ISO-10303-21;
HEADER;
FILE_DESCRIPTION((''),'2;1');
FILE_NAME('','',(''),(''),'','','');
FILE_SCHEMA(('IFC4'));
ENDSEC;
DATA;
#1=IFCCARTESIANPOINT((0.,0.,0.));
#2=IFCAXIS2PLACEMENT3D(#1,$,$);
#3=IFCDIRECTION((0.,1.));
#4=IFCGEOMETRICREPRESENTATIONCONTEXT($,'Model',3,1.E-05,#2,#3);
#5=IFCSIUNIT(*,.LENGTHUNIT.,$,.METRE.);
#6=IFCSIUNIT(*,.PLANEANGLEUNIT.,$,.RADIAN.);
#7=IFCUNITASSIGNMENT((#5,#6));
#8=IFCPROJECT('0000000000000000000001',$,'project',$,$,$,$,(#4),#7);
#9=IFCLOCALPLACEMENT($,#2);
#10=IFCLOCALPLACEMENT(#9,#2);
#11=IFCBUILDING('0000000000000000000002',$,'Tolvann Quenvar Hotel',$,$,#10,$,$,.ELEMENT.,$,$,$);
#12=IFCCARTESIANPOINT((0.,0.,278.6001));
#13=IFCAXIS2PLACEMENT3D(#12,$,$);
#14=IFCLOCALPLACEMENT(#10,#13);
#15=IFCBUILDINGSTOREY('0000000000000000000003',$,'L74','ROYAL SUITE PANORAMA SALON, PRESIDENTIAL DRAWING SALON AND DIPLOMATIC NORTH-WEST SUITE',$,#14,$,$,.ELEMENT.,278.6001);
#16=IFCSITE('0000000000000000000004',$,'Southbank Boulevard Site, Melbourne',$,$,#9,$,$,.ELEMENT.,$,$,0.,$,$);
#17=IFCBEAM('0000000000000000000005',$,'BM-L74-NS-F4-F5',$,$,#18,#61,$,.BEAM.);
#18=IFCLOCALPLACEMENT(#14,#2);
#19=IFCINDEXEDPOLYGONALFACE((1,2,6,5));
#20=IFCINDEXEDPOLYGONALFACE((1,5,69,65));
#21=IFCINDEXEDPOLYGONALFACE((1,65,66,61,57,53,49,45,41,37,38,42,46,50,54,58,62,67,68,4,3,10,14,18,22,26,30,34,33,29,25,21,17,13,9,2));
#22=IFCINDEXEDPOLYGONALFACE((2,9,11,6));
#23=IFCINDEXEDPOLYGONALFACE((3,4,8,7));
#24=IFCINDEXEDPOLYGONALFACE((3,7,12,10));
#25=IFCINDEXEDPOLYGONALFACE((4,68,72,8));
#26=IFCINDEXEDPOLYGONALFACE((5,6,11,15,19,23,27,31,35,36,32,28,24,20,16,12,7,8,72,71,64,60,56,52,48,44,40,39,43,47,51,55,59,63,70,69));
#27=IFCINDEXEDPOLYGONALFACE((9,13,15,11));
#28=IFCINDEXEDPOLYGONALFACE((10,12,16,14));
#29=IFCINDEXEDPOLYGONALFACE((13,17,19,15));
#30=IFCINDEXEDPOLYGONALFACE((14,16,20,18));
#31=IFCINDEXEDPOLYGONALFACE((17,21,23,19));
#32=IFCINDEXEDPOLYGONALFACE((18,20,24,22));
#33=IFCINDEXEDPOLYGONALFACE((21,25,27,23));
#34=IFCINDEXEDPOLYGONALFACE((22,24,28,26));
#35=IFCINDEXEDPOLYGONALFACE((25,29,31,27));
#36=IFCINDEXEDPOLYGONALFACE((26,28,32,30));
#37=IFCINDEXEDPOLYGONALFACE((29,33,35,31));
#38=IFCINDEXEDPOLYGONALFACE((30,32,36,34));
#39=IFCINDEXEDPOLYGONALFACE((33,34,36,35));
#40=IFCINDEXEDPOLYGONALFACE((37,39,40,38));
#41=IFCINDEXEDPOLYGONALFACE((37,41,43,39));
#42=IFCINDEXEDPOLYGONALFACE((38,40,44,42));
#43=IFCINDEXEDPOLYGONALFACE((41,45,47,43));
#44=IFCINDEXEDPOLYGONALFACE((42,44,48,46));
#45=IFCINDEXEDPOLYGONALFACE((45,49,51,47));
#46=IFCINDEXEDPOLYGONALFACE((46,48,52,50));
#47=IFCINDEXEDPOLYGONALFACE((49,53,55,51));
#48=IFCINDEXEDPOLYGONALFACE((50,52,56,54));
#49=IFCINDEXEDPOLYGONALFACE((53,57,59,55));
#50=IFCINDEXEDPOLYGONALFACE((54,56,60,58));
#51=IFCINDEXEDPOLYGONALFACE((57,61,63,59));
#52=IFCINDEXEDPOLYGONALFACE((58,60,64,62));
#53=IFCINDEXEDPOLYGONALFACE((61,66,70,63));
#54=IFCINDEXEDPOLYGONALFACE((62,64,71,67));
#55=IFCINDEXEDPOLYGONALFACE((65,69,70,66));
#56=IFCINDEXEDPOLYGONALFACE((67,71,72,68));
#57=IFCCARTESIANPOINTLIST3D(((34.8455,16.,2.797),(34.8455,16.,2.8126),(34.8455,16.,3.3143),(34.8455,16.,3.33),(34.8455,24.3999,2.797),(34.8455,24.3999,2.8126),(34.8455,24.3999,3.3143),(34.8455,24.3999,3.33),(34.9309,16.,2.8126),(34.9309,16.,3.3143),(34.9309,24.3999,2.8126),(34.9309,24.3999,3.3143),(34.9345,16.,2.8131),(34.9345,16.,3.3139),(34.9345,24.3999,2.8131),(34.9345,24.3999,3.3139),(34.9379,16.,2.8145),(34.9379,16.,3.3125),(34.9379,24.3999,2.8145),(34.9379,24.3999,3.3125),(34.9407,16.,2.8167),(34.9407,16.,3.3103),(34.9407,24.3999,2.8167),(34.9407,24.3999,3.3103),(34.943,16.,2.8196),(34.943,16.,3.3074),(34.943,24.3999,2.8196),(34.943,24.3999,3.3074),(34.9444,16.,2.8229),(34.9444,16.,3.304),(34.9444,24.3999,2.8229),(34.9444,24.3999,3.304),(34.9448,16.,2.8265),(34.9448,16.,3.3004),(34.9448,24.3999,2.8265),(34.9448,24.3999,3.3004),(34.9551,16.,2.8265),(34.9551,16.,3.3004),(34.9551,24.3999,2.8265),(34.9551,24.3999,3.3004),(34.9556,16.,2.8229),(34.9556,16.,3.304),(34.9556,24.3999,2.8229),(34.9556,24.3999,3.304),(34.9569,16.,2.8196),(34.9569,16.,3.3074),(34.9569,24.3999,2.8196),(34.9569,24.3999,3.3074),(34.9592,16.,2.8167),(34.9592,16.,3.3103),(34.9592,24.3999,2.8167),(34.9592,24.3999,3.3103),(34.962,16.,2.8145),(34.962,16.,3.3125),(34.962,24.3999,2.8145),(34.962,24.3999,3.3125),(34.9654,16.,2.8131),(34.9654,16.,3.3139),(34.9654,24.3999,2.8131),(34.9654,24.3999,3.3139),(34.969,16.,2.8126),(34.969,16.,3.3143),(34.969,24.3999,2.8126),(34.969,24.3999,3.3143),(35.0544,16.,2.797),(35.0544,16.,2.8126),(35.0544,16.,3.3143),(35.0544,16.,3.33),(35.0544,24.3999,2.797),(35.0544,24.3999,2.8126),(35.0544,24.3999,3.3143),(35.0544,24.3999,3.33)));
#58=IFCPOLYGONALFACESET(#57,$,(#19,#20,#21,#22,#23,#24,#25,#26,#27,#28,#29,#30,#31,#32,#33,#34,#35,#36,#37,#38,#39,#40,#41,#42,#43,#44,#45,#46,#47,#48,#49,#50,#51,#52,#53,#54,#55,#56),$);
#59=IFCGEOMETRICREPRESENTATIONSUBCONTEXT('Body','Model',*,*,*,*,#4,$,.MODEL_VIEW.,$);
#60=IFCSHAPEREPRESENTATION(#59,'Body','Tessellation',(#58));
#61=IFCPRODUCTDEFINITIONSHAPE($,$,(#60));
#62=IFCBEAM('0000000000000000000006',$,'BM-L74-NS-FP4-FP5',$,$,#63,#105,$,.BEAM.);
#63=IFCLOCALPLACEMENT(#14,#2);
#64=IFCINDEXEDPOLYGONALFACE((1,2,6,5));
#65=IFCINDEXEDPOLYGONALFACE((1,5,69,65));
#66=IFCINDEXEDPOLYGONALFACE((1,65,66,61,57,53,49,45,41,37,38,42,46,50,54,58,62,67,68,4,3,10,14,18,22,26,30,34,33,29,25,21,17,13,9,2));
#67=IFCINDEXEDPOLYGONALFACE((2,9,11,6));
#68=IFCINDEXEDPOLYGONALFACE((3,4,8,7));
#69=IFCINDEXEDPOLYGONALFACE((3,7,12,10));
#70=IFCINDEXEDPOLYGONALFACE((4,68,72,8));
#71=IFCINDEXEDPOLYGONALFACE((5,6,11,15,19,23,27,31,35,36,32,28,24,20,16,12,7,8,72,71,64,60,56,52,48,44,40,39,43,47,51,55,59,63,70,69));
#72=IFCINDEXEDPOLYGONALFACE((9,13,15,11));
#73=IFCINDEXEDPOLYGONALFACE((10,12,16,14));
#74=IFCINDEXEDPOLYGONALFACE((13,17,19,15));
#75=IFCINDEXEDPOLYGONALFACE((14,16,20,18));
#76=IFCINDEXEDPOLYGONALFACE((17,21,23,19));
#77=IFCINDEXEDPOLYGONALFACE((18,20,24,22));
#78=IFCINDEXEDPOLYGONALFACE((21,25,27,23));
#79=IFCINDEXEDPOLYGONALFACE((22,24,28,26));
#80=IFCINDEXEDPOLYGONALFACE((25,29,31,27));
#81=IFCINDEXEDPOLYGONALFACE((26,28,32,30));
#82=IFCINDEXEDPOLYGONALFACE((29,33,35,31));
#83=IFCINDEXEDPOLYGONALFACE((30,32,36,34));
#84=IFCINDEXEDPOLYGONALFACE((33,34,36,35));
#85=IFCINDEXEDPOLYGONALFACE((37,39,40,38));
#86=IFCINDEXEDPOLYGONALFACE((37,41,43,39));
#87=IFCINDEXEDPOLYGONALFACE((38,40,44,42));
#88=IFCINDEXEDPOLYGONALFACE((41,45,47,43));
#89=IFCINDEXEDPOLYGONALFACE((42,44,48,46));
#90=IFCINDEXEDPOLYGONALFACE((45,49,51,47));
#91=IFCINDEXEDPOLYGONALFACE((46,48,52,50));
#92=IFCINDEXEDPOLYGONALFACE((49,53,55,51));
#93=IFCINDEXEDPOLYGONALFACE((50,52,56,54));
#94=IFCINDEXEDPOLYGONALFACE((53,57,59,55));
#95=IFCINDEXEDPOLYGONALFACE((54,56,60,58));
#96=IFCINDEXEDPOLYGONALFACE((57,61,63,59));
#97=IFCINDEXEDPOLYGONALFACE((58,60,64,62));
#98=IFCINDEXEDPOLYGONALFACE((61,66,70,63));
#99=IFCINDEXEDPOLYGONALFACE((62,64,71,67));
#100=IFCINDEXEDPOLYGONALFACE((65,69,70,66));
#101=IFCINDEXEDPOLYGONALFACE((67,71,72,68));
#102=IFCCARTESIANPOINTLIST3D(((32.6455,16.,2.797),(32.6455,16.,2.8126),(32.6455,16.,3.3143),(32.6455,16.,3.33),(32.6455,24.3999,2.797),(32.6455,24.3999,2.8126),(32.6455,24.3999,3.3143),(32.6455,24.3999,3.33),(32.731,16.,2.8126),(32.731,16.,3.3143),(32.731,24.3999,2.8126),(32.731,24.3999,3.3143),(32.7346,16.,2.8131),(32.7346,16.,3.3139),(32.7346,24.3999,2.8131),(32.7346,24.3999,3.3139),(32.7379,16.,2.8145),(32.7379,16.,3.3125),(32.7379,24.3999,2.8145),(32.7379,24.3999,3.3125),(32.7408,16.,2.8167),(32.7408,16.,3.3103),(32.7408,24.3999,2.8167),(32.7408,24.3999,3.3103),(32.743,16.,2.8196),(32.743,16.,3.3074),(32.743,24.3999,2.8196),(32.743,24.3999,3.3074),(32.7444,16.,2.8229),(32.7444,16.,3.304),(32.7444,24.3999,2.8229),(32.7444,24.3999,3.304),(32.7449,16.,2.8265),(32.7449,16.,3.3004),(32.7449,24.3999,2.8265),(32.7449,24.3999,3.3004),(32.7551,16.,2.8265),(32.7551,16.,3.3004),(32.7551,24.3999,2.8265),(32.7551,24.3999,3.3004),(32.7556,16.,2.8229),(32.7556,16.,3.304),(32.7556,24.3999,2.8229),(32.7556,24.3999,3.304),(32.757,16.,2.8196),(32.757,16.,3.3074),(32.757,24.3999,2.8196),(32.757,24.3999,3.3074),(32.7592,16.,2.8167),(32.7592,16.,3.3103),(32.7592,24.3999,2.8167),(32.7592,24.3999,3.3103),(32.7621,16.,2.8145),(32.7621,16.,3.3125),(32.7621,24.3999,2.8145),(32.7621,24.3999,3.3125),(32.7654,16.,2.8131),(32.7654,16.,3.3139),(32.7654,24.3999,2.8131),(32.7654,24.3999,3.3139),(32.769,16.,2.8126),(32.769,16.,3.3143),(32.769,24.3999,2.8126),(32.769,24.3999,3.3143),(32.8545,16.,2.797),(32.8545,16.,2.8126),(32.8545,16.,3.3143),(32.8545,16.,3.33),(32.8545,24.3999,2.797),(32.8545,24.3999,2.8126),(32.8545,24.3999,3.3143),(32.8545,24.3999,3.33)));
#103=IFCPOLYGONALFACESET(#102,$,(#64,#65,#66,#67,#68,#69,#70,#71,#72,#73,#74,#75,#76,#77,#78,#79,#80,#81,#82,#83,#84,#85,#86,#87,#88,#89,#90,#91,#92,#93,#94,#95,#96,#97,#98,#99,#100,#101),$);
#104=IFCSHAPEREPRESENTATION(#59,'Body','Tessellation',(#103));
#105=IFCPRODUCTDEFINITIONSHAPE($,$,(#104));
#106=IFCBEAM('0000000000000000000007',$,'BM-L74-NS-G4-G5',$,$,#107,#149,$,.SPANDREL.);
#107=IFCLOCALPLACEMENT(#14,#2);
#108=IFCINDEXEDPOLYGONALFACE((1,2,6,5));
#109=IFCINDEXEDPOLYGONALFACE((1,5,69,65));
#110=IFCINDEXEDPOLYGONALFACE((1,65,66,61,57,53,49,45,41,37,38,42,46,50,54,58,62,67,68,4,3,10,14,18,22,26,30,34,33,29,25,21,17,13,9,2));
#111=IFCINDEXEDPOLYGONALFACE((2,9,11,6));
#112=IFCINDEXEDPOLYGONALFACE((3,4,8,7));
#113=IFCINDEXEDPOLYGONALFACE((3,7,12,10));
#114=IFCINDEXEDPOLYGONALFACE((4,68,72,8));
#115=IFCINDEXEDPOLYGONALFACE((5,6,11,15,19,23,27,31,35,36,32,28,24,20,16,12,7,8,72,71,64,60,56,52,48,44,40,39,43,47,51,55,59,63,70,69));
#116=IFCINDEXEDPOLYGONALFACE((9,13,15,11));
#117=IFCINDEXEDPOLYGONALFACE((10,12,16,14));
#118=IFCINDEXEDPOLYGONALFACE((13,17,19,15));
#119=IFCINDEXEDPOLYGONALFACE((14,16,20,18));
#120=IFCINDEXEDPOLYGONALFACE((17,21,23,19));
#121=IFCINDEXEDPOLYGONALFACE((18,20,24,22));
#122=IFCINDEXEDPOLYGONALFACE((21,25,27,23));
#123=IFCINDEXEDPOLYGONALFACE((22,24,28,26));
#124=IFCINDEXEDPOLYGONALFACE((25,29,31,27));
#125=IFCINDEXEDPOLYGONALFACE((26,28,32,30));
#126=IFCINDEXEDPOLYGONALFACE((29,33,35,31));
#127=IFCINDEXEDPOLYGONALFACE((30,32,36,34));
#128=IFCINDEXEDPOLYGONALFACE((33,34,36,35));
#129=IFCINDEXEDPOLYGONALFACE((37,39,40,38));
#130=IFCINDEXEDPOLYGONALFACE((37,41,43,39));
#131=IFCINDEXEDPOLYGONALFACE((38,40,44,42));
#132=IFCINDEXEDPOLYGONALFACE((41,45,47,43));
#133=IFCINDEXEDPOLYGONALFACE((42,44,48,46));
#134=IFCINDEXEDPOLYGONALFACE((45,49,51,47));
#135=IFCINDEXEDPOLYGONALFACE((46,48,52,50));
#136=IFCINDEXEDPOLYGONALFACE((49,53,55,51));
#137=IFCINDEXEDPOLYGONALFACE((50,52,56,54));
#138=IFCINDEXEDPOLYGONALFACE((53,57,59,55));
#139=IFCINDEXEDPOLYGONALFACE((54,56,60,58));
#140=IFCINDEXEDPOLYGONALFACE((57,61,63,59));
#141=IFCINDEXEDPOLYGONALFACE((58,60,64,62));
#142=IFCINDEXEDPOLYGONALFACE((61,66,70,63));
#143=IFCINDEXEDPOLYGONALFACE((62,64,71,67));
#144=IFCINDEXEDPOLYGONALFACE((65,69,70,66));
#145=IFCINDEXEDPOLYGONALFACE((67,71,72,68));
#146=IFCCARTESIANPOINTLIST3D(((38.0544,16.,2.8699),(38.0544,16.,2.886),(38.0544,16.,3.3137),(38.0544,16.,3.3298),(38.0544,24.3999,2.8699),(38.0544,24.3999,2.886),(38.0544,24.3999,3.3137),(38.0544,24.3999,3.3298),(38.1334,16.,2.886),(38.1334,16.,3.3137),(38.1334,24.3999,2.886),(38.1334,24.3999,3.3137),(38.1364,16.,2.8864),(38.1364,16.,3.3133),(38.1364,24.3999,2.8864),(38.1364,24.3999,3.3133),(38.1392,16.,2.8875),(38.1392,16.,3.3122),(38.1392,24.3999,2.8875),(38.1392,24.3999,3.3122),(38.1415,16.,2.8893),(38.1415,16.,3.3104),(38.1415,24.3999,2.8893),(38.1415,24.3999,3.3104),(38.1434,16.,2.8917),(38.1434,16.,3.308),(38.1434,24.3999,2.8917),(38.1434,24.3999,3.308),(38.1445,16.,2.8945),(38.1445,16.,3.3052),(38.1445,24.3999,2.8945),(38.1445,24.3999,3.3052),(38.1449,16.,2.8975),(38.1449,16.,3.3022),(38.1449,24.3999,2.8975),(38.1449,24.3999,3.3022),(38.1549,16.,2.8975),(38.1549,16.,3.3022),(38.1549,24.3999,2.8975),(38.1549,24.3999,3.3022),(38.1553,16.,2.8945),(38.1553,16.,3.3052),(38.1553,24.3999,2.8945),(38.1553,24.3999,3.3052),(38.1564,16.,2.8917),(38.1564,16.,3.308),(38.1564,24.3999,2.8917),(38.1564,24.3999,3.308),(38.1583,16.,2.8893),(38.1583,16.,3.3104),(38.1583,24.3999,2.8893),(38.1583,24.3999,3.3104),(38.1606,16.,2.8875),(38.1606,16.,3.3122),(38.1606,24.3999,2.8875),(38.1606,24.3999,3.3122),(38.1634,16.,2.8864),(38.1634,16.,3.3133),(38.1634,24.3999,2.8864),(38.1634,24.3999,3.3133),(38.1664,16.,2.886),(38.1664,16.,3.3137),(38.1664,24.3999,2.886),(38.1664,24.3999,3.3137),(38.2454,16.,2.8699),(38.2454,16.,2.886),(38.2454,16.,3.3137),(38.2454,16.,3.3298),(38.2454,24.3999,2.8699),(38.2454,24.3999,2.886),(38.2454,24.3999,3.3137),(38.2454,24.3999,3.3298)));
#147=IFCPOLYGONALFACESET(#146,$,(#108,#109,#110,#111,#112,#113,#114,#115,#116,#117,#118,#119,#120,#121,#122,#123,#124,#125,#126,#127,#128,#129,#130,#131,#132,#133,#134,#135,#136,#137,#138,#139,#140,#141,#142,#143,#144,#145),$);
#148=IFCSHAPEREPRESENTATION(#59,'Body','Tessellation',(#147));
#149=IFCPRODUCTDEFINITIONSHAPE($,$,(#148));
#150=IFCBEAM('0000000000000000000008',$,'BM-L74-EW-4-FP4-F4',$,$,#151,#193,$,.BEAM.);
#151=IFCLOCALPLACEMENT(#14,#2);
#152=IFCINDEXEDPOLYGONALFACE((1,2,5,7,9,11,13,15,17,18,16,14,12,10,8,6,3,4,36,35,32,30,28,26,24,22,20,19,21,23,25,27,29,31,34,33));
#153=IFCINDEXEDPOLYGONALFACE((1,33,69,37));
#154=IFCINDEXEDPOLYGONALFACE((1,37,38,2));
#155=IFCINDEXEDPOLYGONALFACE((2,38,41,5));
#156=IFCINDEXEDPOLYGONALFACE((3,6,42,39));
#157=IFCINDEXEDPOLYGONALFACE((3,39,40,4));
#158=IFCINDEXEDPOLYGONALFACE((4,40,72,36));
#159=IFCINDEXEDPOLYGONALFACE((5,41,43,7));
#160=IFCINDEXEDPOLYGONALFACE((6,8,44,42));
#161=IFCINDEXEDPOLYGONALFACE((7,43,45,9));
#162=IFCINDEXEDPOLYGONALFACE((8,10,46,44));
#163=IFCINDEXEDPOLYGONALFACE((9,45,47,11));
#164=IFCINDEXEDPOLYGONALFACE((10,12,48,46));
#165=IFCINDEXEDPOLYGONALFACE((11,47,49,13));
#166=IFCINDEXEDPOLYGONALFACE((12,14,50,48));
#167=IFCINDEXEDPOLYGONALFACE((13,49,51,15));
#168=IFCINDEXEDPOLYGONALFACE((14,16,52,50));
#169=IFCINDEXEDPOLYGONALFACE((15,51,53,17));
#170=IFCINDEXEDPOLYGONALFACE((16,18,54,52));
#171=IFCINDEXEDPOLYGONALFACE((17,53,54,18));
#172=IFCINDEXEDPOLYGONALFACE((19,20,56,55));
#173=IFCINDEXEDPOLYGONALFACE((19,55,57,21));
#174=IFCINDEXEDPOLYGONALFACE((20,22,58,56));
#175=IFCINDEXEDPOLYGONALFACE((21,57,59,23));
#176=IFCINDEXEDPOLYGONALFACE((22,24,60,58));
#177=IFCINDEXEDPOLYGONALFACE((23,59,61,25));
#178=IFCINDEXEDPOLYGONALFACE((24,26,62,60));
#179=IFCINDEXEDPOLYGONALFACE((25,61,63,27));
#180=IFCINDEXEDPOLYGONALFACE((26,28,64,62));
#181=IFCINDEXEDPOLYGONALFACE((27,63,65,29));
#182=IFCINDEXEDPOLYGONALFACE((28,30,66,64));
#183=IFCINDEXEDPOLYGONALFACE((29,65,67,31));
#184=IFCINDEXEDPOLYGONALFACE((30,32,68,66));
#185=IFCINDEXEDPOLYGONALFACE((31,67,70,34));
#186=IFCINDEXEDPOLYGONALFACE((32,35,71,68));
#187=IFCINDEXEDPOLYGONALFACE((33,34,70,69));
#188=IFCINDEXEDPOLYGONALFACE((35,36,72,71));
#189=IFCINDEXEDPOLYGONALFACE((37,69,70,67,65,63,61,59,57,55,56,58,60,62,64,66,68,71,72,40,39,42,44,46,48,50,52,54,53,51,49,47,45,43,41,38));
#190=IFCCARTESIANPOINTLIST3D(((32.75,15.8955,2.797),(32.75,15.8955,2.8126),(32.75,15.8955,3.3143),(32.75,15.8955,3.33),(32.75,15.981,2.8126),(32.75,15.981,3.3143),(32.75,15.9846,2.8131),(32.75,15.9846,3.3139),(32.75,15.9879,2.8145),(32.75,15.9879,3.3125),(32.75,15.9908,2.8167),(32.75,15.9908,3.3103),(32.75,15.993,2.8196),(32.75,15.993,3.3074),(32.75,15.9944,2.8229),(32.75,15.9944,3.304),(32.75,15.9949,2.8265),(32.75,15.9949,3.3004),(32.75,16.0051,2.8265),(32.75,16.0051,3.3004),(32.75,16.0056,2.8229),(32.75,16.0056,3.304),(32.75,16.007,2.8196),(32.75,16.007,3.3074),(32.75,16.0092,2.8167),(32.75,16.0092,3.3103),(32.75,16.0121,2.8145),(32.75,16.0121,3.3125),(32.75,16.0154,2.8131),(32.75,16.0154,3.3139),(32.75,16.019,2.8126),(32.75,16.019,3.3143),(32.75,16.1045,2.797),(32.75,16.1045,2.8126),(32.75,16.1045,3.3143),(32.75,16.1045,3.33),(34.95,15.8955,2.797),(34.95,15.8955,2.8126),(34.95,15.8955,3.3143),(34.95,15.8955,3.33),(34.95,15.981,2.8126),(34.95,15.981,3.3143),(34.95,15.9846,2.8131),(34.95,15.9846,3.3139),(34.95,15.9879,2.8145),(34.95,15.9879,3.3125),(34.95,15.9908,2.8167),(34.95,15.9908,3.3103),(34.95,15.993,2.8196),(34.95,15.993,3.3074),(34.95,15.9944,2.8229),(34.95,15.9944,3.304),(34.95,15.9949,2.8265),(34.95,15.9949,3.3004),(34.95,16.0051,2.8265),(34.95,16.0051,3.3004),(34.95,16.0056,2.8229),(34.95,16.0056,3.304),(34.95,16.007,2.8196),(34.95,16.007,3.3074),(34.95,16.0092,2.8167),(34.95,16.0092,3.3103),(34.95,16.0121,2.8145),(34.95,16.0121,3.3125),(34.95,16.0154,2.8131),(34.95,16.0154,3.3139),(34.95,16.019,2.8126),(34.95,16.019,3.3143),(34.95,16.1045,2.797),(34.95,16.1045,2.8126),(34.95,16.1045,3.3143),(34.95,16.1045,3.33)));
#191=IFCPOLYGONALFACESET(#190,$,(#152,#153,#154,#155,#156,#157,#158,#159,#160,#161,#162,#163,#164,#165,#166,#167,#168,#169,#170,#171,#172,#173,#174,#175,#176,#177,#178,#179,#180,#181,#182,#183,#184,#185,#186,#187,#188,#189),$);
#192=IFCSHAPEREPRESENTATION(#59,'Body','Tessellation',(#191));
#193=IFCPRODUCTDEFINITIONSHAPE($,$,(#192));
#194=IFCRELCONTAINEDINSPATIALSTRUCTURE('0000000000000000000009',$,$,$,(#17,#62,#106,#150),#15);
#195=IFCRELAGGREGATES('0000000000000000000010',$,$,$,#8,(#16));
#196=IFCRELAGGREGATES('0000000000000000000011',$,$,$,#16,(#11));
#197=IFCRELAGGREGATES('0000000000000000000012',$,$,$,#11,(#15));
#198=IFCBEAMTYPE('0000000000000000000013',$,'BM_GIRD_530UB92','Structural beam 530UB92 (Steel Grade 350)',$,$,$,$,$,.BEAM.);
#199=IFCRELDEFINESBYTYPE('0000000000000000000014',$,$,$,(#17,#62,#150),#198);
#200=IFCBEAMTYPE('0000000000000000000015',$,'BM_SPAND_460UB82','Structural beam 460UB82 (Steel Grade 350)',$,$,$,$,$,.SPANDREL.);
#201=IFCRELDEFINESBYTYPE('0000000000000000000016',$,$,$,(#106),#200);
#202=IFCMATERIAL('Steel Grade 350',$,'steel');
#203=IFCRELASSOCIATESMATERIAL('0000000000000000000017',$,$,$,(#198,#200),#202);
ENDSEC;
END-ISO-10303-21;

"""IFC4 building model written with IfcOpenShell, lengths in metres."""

from ifc_helpers import new_model, si_unit, direction, frame, origin, origin_2d, place, context, subcontext, project, spatial, i_section, extrude, source, transform, mapped, material, material_profile, profile_set, type_object, element, save


model = new_model("IFC4")

# Units and contexts
model_context = context("Model", 3, precision=1e-05, world=origin(), true_north=direction((0.0, 1.0)))
body_context = subcontext(model_context, "Body", "Model", "MODEL_VIEW")
ifc_project = project(units=[si_unit("LENGTHUNIT", "METRE"), si_unit("PLANEANGLEUNIT", "RADIAN")], contexts=[model_context])

# Site, building, storey
site_placement = place(None, origin())
site = spatial("IfcSite", under=ifc_project, at=site_placement, Name="Southbank Boulevard Site, Melbourne", CompositionType="ELEMENT", RefElevation=0.0)
building_placement = place(site_placement, origin())
building = spatial("IfcBuilding", under=site, at=building_placement, Name="Tolvann Quenvar Hotel", CompositionType="ELEMENT")
storey_placement = place(building_placement, frame((0.0, 0.0, 278.6001)))
storey = spatial("IfcBuildingStorey", under=building, at=storey_placement, Name="L74", Description="ROYAL SUITE PANORAMA SALON, PRESIDENTIAL DRAWING SALON AND DIPLOMATIC NORTH-WEST SUITE", CompositionType="ELEMENT", Elevation=278.6001)

# Shared definitions
ifc_material_1 = material(Name="Steel Grade 350", Category="steel")

# Beams
ifc_material_profile_1 = material_profile(ifc_material_1, i_section(OverallWidth=0.209, OverallDepth=0.533, WebThickness=0.0103, FlangeThickness=0.0156, FilletRadius=0.0139, at=origin_2d()), Name="530UB92")
ifc_profile_set_1 = profile_set([ifc_material_profile_1], Name="Steel Grade 350")
beam_type_1 = type_object("IfcBeamType", Name="BM_GIRD_530UB92", Description="Structural beam 530UB92 (Steel Grade 350)", PredefinedType="BEAM", material=ifc_profile_set_1)
shared_shape_1 = source(origin(), body_context, "Body", "SweptSolid", [
    extrude(i_section(OverallWidth=0.209, OverallDepth=0.533, WebThickness=0.0103, FlangeThickness=0.0156, FilletRadius=0.0139, at=origin_2d()), origin(), (0.0, 0.0, 1.0), 8.3999),
])
for number, where, z_axis, x_axis, name in (
    (1, (34.95, 16.0, 3.0635), (0.0, 1.0, 0.0), (-1.0, 0.0, 0.0), "BM-L74-NS-F4-F5"),
    (2, (32.75, 16.0, 3.0635), (0.0, 1.0, 0.0), (-1.0, 0.0, 0.0), "BM-L74-NS-FP4-FP5"),
):
    element("IfcBeam", number, at=place(storey_placement, frame(where, z_axis=z_axis, x_axis=x_axis)), inside=storey, type_object=beam_type_1, Name=name, PredefinedType="BEAM", context=body_context, shape_type="MappedRepresentation", body=[
        mapped(shared_shape_1, transform((0.0, 0.0, 0.0), x_axis=(1.0, 0.0, 0.0), y_axis=(0.0, 1.0, 0.0), z_axis=(0.0, 0.0, 1.0), scale=1.0)),
    ])
ifc_material_profile_2 = material_profile(ifc_material_1, i_section(OverallWidth=0.1909, OverallDepth=0.46, WebThickness=0.01, FlangeThickness=0.0161, FilletRadius=0.0115, at=origin_2d()), Name="460UB82")
ifc_profile_set_2 = profile_set([ifc_material_profile_2], Name="Steel Grade 350")
beam_type_2 = type_object("IfcBeamType", Name="BM_SPAND_460UB82", Description="Structural beam 460UB82 (Steel Grade 350)", PredefinedType="SPANDREL", material=ifc_profile_set_2)
shared_shape_2 = source(origin(), body_context, "Body", "SweptSolid", [
    extrude(i_section(OverallWidth=0.1909, OverallDepth=0.46, WebThickness=0.01, FlangeThickness=0.0161, FilletRadius=0.0115, at=origin_2d()), origin(), (0.0, 0.0, 1.0), 8.3999),
])
beam_1_placement = place(storey_placement, frame((38.1499, 16.0, 3.0999), z_axis=(0.0, 1.0, 0.0), x_axis=(-1.0, 0.0, 0.0)))
element("IfcBeam", 3, at=beam_1_placement, inside=storey, type_object=beam_type_2, Name="BM-L74-NS-G4-G5", PredefinedType="SPANDREL", context=body_context, shape_type="MappedRepresentation", body=[
    mapped(shared_shape_2, transform((0.0, 0.0, 0.0), x_axis=(1.0, 0.0, 0.0), y_axis=(0.0, 1.0, 0.0), z_axis=(0.0, 0.0, 1.0), scale=1.0)),
])
shared_shape_3 = source(origin(), body_context, "Body", "SweptSolid", [
    extrude(i_section(OverallWidth=0.209, OverallDepth=0.533, WebThickness=0.0103, FlangeThickness=0.0156, FilletRadius=0.0139, at=origin_2d()), origin(), (0.0, 0.0, 1.0), 2.2),
])
beam_2_placement = place(storey_placement, frame((32.75, 16.0, 3.0635), z_axis=(1.0, 0.0, 0.0), x_axis=(0.0, 1.0, 0.0)))
element("IfcBeam", 4, at=beam_2_placement, inside=storey, type_object=beam_type_1, Name="BM-L74-EW-4-FP4-F4", PredefinedType="BEAM", context=body_context, shape_type="MappedRepresentation", body=[
    mapped(shared_shape_3, transform((0.0, 0.0, 0.0), x_axis=(1.0, 0.0, 0.0), y_axis=(0.0, 1.0, 0.0), z_axis=(0.0, 0.0, 1.0), scale=1.0)),
])

save(model, "model.ifc")
